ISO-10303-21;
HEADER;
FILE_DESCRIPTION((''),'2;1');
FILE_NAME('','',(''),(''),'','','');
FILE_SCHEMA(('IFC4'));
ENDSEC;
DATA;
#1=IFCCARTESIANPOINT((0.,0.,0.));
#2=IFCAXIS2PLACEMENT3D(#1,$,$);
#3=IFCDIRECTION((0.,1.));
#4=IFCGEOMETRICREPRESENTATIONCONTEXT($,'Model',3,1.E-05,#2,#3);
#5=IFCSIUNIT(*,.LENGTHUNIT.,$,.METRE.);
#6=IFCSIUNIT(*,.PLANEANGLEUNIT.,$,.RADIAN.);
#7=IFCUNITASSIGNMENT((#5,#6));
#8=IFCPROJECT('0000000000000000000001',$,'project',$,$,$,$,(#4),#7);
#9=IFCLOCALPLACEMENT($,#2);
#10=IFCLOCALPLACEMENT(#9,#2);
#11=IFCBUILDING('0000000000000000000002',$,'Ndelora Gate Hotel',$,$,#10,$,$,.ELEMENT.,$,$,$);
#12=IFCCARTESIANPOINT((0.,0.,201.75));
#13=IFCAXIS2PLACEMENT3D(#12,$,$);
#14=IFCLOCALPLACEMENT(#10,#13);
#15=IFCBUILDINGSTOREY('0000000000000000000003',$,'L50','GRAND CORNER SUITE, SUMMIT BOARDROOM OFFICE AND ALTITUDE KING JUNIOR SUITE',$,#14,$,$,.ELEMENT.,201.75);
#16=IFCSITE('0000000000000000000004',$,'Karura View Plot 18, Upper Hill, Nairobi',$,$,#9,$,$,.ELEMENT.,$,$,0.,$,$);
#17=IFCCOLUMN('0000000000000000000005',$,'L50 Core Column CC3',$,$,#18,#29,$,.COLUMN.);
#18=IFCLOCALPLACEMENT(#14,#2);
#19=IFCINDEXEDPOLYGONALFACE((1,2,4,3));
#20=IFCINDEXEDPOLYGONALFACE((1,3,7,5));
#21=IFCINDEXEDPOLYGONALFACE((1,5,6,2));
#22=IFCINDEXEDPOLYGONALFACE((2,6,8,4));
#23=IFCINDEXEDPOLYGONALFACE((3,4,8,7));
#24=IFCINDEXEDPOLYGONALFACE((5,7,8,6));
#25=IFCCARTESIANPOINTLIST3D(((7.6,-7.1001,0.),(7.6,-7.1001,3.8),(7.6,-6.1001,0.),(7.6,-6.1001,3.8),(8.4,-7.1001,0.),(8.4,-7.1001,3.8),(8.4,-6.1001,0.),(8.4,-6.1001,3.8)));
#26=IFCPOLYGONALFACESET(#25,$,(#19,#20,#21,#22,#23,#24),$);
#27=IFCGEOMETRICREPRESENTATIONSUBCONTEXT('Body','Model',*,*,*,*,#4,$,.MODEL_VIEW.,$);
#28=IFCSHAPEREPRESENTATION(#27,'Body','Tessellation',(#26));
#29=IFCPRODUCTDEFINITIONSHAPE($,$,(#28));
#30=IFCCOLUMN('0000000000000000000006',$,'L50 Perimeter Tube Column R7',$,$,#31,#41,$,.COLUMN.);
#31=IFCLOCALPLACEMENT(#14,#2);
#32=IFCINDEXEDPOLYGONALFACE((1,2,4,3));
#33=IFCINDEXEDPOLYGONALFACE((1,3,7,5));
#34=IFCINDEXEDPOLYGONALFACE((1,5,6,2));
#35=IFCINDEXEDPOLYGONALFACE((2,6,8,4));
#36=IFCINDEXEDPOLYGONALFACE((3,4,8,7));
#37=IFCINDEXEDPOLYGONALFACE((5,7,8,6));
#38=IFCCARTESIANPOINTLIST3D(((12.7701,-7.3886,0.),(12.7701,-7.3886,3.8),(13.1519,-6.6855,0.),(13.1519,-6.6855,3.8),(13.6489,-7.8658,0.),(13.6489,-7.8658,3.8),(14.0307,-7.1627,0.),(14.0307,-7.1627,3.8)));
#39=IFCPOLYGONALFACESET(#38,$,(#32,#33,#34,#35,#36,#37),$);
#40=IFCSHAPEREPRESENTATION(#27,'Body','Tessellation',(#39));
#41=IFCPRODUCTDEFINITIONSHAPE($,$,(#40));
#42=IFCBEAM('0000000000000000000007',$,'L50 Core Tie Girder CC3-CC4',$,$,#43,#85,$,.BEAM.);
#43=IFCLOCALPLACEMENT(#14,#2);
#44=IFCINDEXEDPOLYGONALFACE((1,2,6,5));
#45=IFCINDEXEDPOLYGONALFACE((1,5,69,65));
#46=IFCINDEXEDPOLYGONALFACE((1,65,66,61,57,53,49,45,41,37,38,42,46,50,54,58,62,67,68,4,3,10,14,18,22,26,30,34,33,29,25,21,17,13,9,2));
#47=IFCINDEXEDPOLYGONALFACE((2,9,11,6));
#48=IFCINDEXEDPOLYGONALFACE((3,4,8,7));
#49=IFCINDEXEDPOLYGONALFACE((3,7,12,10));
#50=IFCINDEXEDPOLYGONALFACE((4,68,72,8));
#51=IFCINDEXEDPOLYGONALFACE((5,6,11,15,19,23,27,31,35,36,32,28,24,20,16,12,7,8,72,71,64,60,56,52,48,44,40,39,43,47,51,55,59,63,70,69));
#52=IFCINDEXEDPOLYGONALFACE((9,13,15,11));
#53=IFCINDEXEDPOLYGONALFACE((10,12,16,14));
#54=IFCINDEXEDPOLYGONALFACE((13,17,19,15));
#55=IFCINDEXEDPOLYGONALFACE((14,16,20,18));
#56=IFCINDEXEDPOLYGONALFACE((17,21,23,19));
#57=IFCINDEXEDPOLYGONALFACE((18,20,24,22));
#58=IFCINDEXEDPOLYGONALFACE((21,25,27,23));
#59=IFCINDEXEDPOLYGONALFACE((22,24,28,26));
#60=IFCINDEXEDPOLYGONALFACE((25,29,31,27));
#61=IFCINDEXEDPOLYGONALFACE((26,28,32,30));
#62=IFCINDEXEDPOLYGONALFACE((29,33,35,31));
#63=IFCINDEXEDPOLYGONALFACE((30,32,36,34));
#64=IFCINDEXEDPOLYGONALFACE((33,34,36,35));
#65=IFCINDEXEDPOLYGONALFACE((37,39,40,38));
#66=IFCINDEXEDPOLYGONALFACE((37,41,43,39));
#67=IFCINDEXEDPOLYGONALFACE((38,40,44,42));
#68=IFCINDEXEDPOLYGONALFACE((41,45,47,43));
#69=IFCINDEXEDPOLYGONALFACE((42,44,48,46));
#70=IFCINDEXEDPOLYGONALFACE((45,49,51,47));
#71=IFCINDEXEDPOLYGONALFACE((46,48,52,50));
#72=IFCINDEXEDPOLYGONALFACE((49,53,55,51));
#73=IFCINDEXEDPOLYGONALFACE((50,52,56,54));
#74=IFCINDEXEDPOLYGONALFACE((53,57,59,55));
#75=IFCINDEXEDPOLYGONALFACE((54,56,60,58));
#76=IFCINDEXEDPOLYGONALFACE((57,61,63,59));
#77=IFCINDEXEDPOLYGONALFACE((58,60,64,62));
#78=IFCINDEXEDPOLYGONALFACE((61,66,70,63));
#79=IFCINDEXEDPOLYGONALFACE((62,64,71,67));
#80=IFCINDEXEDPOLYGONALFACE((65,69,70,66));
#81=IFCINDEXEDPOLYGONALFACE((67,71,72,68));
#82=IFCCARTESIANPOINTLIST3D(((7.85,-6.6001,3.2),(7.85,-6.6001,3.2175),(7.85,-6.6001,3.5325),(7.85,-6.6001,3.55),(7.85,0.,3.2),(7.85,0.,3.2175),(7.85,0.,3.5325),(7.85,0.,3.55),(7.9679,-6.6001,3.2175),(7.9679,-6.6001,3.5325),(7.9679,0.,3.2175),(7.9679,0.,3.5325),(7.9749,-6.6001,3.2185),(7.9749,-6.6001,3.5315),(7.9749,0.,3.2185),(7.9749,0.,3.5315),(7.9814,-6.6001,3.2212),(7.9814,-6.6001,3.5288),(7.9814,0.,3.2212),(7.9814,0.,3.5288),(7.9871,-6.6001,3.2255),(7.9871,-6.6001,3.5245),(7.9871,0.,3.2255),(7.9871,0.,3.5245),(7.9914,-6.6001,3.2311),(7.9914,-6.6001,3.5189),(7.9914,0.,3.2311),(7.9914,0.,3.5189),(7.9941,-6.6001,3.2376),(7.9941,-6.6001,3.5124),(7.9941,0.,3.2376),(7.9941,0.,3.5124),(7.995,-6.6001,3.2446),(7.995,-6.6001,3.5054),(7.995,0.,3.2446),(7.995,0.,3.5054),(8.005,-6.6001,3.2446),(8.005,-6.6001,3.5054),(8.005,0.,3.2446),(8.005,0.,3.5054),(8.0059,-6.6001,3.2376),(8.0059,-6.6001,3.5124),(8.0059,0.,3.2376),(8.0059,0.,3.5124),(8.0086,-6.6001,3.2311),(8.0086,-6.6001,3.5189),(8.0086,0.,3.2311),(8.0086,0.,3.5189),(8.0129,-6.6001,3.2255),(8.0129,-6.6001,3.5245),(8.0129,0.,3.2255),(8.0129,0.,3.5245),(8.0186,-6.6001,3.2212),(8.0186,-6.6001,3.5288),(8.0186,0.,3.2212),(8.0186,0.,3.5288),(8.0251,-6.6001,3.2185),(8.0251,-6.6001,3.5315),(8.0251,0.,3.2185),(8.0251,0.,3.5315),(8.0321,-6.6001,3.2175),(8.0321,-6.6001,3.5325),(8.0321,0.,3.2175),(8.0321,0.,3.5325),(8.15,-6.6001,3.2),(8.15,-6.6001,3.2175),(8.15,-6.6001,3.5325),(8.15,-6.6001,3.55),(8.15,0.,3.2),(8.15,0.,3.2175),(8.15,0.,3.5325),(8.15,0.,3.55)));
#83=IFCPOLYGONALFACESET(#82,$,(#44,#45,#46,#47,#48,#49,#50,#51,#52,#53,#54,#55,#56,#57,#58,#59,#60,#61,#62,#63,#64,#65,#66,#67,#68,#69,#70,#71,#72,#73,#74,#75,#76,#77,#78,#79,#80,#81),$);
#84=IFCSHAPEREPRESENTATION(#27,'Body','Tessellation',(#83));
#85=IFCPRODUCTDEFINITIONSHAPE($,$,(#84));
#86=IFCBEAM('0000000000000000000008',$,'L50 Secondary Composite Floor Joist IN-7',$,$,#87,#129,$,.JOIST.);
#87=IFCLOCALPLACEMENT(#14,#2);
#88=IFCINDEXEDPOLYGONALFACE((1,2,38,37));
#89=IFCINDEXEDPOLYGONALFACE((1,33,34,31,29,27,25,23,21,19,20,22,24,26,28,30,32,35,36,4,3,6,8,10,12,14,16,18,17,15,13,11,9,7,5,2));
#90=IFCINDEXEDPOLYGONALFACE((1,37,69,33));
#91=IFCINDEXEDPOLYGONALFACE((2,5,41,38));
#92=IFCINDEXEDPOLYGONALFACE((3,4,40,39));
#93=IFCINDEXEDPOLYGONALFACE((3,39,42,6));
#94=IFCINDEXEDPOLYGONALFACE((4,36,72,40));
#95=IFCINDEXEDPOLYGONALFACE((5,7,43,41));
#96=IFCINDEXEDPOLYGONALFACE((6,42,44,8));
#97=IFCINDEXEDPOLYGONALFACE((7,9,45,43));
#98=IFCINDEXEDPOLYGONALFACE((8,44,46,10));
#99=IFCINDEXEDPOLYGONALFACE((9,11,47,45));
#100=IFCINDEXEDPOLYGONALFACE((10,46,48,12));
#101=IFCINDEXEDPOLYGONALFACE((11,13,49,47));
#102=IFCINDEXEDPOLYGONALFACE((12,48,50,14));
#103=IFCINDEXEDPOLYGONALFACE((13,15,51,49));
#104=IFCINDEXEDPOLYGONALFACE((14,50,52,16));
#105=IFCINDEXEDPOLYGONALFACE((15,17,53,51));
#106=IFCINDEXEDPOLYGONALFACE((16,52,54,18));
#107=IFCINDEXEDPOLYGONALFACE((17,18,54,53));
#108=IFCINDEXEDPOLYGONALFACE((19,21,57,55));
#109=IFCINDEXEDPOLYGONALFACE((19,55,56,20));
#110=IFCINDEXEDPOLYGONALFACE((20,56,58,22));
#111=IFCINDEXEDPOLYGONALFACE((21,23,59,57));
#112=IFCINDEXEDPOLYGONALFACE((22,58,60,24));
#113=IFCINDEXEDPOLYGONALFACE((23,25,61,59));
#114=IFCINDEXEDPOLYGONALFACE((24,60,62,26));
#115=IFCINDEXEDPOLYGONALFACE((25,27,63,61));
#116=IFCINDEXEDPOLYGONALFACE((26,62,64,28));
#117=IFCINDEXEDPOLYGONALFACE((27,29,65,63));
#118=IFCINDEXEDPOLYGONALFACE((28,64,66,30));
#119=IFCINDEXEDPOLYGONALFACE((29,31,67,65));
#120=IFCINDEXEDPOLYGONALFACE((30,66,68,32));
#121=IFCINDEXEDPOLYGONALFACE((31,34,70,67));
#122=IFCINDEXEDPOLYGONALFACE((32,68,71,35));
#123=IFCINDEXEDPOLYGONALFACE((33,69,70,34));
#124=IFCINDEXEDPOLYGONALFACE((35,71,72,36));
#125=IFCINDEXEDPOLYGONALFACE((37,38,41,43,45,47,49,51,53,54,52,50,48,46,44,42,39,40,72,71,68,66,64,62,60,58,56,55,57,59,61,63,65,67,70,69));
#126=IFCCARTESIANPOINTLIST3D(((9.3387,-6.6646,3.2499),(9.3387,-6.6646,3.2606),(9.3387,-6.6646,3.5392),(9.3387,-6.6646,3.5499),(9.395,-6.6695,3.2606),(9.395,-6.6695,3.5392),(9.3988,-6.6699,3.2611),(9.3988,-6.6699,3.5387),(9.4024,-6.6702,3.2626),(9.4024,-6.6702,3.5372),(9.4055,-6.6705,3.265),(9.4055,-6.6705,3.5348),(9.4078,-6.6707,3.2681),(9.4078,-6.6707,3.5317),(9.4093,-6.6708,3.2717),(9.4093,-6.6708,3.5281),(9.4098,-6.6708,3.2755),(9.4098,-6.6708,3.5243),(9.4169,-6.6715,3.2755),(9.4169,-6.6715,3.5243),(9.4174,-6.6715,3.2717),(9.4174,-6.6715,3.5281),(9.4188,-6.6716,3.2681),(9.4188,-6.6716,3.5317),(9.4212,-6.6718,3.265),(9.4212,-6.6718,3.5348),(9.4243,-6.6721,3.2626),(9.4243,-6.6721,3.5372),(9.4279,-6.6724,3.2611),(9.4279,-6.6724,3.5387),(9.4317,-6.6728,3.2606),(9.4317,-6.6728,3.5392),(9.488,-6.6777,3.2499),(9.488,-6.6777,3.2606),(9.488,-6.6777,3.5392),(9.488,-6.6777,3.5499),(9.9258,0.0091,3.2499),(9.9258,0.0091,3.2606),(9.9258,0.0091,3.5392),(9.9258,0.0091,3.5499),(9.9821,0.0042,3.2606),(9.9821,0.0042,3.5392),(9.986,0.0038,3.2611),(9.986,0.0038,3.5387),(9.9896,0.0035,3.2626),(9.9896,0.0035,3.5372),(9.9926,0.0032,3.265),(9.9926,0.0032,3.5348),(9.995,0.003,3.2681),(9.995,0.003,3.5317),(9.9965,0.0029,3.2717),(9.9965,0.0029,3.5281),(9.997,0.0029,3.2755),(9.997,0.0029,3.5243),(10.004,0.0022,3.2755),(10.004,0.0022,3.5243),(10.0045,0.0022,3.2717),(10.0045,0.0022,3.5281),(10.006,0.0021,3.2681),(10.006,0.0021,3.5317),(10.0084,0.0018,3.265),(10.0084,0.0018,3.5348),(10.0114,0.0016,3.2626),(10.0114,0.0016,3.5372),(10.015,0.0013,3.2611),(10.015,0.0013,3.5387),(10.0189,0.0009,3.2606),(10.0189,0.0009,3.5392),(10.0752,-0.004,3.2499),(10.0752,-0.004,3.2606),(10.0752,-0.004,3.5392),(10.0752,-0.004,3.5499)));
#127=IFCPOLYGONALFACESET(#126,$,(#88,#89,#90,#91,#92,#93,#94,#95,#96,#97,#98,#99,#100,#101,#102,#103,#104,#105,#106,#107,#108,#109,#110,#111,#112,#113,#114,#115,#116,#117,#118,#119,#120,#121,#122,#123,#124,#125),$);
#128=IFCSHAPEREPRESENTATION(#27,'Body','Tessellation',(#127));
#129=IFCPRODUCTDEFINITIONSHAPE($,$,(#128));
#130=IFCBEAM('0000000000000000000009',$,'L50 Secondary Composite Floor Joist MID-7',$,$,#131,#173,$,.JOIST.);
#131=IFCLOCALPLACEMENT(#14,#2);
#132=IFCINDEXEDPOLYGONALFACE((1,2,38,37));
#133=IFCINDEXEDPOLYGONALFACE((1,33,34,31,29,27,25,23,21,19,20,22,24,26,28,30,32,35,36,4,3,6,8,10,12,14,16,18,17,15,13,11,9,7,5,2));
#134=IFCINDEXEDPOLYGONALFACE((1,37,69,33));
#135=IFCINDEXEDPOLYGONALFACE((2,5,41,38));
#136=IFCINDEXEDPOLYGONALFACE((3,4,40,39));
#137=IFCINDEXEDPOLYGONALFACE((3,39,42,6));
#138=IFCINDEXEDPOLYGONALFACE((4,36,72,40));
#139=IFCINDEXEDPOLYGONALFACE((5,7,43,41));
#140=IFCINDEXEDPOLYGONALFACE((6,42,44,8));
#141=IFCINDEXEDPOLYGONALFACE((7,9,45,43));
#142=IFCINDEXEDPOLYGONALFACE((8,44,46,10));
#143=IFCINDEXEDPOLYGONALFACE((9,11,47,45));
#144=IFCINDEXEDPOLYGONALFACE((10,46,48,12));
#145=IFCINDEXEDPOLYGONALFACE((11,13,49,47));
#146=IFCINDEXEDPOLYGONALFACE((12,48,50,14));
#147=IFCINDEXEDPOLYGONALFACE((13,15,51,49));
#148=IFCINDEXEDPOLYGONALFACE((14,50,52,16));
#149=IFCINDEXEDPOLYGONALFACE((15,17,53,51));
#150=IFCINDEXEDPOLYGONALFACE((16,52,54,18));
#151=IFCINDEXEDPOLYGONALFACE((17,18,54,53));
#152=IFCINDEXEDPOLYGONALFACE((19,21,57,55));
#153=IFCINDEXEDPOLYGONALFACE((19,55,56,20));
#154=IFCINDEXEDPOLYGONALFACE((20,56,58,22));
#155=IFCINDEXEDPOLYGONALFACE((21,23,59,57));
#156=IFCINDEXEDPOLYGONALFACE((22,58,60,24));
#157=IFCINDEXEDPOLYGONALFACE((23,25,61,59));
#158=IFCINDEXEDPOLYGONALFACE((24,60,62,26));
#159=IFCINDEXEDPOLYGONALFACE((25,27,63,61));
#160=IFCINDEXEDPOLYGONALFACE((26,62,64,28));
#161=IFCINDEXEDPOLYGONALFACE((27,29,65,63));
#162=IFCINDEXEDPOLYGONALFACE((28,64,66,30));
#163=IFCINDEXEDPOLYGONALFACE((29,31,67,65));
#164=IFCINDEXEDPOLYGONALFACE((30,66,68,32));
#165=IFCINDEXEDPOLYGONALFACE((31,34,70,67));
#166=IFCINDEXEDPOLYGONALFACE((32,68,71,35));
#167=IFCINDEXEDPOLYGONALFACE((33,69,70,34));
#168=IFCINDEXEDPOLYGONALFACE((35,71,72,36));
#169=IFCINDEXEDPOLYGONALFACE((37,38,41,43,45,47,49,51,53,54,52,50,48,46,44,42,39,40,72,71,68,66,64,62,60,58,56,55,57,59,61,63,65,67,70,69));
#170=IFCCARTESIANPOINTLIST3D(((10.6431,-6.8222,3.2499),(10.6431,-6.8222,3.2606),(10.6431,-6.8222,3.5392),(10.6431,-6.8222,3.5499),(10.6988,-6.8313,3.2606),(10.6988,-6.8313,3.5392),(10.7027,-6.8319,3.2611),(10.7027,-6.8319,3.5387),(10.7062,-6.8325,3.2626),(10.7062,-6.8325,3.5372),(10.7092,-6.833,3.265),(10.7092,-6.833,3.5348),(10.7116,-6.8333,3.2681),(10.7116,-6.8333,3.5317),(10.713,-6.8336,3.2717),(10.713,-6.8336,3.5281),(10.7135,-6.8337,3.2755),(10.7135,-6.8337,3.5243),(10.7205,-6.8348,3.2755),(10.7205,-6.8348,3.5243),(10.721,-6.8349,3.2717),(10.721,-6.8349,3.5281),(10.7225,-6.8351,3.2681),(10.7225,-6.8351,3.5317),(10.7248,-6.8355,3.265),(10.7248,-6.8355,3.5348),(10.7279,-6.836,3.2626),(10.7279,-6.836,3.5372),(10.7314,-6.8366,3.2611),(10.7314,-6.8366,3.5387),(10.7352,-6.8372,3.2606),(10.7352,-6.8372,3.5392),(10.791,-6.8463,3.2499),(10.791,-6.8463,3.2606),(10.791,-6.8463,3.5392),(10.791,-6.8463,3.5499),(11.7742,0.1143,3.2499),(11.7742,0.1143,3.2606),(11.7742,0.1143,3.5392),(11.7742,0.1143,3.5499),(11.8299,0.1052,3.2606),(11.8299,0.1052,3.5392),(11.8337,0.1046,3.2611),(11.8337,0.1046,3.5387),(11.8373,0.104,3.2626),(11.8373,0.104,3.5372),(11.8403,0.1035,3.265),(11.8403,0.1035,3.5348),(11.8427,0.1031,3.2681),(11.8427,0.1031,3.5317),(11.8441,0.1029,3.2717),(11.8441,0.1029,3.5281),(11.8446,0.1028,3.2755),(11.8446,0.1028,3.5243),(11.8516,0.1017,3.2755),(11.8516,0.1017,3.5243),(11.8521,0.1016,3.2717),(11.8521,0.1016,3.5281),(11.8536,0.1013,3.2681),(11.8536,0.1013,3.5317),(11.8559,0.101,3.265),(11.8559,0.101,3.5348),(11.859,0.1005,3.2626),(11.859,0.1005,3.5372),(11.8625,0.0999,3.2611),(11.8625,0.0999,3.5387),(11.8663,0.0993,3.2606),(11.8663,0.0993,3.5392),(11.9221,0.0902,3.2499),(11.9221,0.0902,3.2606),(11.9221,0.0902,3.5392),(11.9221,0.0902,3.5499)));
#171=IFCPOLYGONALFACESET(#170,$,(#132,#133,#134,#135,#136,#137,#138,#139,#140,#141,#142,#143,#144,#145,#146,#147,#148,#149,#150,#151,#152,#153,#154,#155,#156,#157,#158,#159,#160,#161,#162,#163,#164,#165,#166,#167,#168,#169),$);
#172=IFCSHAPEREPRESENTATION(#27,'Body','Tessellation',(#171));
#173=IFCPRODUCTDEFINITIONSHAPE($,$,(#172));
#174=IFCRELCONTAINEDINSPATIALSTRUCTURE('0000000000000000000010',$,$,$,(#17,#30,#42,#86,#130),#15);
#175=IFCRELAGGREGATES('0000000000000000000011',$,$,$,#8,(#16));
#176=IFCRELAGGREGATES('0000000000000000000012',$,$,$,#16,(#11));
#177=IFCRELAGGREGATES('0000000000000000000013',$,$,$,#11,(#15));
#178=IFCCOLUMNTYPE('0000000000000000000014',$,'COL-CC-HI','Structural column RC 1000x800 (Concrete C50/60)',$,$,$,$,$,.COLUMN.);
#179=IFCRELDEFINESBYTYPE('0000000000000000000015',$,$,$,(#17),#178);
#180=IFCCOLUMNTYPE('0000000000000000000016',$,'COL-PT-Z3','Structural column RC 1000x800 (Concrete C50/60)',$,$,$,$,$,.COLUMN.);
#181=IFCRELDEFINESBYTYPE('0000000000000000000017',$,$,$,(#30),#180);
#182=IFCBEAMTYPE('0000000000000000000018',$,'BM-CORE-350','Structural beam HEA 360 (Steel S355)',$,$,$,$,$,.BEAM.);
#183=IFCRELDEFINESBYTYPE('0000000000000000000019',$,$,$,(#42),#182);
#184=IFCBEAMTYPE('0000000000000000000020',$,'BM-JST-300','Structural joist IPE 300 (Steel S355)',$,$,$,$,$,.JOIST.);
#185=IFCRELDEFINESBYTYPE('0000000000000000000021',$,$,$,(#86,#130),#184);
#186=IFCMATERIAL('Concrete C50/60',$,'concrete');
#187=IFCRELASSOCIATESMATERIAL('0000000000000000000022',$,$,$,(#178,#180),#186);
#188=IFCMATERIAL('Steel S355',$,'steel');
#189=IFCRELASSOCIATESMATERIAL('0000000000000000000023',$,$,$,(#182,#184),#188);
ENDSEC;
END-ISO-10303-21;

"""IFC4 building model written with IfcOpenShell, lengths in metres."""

from ifc_helpers import new_model, si_unit, direction, frame, origin, origin_2d, place, context, subcontext, project, spatial, rectangle, i_section, extrude, material, material_profile, profile_set, type_object, element, save


model = new_model("IFC4")

# Units and contexts
model_context = context("Model", 3, precision=1e-05, world=origin(), true_north=direction((0.0, 1.0)))
body_context = subcontext(model_context, "Body", "Model", "MODEL_VIEW")
ifc_project = project(units=[si_unit("LENGTHUNIT", "METRE"), si_unit("PLANEANGLEUNIT", "RADIAN")], contexts=[model_context])

# Site, building, storey
site_placement = place(None, origin())
site = spatial("IfcSite", under=ifc_project, at=site_placement, Name="Karura View Plot 18, Upper Hill, Nairobi", CompositionType="ELEMENT", RefElevation=0.0)
building_placement = place(site_placement, origin())
building = spatial("IfcBuilding", under=site, at=building_placement, Name="Ndelora Gate Hotel", CompositionType="ELEMENT")
storey_placement = place(building_placement, frame((0.0, 0.0, 201.75)))
storey = spatial("IfcBuildingStorey", under=building, at=storey_placement, Name="L50", Description="GRAND CORNER SUITE, SUMMIT BOARDROOM OFFICE AND ALTITUDE KING JUNIOR SUITE", CompositionType="ELEMENT", Elevation=201.75)

# Columns
ifc_material_1 = material(Name="Concrete C50/60", Category="concrete")
ifc_material_profile_1 = material_profile(ifc_material_1, rectangle(XDim=0.8, YDim=1.0, at=origin_2d()), Name="RC 1000x800")
ifc_profile_set_1 = profile_set([ifc_material_profile_1], Name="Concrete C50/60")
column_type_1 = type_object("IfcColumnType", Name="COL-CC-HI", Description="Structural column RC 1000x800 (Concrete C50/60)", PredefinedType="COLUMN", material=ifc_profile_set_1)
column_1_placement = place(storey_placement, frame((8.0, -6.6001, 0.0), z_axis=(0.0, 0.0, 1.0), x_axis=(1.0, 0.0, 0.0)))
element("IfcColumn", 1, at=column_1_placement, inside=storey, type_object=column_type_1, Name="L50 Core Column CC3", PredefinedType="COLUMN", context=body_context, shape_type="SweptSolid", body=[
    extrude(rectangle(XDim=0.8, YDim=1.0, at=origin_2d()), origin(), (0.0, 0.0, 1.0), 3.8),
])
ifc_material_profile_2 = material_profile(ifc_material_1, rectangle(XDim=0.8, YDim=1.0, at=origin_2d()), Name="RC 1000x800")
ifc_profile_set_2 = profile_set([ifc_material_profile_2], Name="Concrete C50/60")
column_type_2 = type_object("IfcColumnType", Name="COL-PT-Z3", Description="Structural column RC 1000x800 (Concrete C50/60)", PredefinedType="COLUMN", material=ifc_profile_set_2)
column_2_placement = place(storey_placement, frame((13.4004, -7.2756, 0.0), z_axis=(0.0, 0.0, 1.0), x_axis=(0.477159, 0.878817, 0.0)))
element("IfcColumn", 2, at=column_2_placement, inside=storey, type_object=column_type_2, Name="L50 Perimeter Tube Column R7", PredefinedType="COLUMN", context=body_context, shape_type="SweptSolid", body=[
    extrude(rectangle(XDim=0.8, YDim=1.0, at=origin_2d()), origin(), (0.0, 0.0, 1.0), 3.8),
])

# Beams
ifc_material_2 = material(Name="Steel S355", Category="steel")
ifc_material_profile_3 = material_profile(ifc_material_2, i_section(OverallWidth=0.3, OverallDepth=0.3501, WebThickness=0.01, FlangeThickness=0.0176, FilletRadius=0.0271, at=origin_2d()), Name="HEA 360")
ifc_profile_set_3 = profile_set([ifc_material_profile_3], Name="Steel S355")
beam_type_1 = type_object("IfcBeamType", Name="BM-CORE-350", Description="Structural beam HEA 360 (Steel S355)", PredefinedType="BEAM", material=ifc_profile_set_3)
beam_1_placement = place(storey_placement, frame((8.0, -6.6001, 3.375), z_axis=(0.0, 1.0, 0.0), x_axis=(-1.0, 0.0, 0.0)))
element("IfcBeam", 3, at=beam_1_placement, inside=storey, type_object=beam_type_1, Name="L50 Core Tie Girder CC3-CC4", PredefinedType="BEAM", context=body_context, shape_type="SweptSolid", body=[
    extrude(i_section(OverallWidth=0.3, OverallDepth=0.3501, WebThickness=0.01, FlangeThickness=0.0176, FilletRadius=0.0271, at=origin_2d()), origin(), (0.0, 0.0, 1.0), 6.6001),
])
ifc_material_profile_4 = material_profile(ifc_material_2, i_section(OverallWidth=0.1499, OverallDepth=0.3, WebThickness=0.0071, FlangeThickness=0.0107, FilletRadius=0.0149, at=origin_2d()), Name="IPE 300")
ifc_profile_set_4 = profile_set([ifc_material_profile_4], Name="Steel S355")
beam_type_2 = type_object("IfcBeamType", Name="BM-JST-300", Description="Structural joist IPE 300 (Steel S355)", PredefinedType="JOIST", material=ifc_profile_set_4)
beam_2_placement = place(storey_placement, frame((9.4133, -6.6711, 3.3999), z_axis=(0.087644, 0.996152, 0.0), x_axis=(-0.996152, 0.087644, 0.0)))
element("IfcBeam", 4, at=beam_2_placement, inside=storey, type_object=beam_type_2, Name="L50 Secondary Composite Floor Joist IN-7", PredefinedType="JOIST", context=body_context, shape_type="SweptSolid", body=[
    extrude(i_section(OverallWidth=0.1499, OverallDepth=0.3, WebThickness=0.0071, FlangeThickness=0.0107, FilletRadius=0.0149, at=origin_2d()), origin(), (0.0, 0.0, 1.0), 6.6995),
])
beam_3_placement = place(storey_placement, frame((10.717, -6.8342, 3.3999), z_axis=(0.160939, 0.986964, 0.0), x_axis=(-0.986964, 0.160939, 0.0)))
element("IfcBeam", 5, at=beam_3_placement, inside=storey, type_object=beam_type_2, Name="L50 Secondary Composite Floor Joist MID-7", PredefinedType="JOIST", context=body_context, shape_type="SweptSolid", body=[
    extrude(i_section(OverallWidth=0.1499, OverallDepth=0.3, WebThickness=0.0071, FlangeThickness=0.0107, FilletRadius=0.0149, at=origin_2d()), origin(), (0.0, 0.0, 1.0), 7.0281),
])

save(model, "model.ifc")
